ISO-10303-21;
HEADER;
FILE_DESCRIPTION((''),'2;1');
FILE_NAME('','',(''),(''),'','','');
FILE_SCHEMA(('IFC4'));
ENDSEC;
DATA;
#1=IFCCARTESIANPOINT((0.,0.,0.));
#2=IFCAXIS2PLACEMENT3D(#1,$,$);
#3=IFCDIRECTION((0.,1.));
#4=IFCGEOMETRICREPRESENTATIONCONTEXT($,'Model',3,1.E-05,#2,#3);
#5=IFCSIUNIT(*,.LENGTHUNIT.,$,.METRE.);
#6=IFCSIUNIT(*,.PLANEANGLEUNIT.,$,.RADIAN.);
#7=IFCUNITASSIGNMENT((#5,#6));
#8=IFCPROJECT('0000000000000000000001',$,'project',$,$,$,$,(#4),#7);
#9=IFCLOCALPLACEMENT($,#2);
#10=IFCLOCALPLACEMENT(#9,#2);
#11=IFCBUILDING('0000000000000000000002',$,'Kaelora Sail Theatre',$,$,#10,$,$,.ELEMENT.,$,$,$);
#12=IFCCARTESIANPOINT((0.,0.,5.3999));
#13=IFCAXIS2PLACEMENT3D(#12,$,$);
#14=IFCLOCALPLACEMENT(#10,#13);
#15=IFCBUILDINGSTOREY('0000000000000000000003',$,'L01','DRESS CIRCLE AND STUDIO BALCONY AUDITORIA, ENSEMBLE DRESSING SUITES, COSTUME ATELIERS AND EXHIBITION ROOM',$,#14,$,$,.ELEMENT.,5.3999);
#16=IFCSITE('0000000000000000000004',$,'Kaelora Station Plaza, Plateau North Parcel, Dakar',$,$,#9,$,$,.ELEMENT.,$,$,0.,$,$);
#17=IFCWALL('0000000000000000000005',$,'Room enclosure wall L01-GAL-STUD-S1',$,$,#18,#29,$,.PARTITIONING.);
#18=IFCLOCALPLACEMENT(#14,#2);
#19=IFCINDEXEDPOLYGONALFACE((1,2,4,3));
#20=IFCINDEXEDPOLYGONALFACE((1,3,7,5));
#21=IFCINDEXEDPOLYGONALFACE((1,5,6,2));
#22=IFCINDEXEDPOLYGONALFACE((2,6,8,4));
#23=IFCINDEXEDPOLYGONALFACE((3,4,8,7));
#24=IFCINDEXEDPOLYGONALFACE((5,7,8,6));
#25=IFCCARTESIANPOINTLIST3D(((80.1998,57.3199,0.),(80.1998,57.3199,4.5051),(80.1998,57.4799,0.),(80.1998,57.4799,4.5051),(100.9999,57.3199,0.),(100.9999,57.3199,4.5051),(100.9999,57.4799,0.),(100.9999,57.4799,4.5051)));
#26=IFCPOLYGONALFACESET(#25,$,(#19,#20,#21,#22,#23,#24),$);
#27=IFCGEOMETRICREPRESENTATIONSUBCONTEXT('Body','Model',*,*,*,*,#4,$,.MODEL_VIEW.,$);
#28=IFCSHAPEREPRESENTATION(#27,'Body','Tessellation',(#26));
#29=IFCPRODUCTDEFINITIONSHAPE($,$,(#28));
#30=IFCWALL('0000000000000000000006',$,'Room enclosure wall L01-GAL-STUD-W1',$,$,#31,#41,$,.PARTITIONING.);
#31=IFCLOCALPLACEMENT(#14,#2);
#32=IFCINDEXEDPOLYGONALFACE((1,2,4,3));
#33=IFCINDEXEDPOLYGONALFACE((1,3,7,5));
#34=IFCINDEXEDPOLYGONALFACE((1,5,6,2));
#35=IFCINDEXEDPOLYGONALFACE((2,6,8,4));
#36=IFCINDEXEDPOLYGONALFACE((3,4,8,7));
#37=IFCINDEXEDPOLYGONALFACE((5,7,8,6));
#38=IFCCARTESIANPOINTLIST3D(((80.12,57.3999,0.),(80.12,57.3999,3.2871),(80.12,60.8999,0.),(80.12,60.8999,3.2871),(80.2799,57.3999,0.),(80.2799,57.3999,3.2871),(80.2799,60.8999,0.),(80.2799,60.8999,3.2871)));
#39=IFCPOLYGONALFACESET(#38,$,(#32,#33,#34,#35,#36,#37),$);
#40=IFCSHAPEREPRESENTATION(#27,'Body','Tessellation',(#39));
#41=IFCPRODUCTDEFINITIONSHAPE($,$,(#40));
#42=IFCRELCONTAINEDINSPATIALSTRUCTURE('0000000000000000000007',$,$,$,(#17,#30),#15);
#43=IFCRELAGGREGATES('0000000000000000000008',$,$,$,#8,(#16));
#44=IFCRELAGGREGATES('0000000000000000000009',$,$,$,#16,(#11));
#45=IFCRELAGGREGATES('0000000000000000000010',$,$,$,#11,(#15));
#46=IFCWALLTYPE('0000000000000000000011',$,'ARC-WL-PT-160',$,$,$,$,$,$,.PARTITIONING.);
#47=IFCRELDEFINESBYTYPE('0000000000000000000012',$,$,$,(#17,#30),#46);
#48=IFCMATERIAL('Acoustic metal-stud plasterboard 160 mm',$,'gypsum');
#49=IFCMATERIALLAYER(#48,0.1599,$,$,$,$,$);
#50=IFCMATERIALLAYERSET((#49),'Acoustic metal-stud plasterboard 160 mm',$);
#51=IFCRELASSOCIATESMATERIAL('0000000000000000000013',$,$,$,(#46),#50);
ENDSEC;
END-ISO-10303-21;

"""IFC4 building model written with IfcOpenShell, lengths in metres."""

from ifc_helpers import new_model, si_unit, direction, frame, frame_2d, origin, place, context, subcontext, project, spatial, rectangle, extrude, material, layer, layer_set, type_object, element, save


model = new_model("IFC4")

# Units and contexts
model_context = context("Model", 3, precision=1e-05, world=origin(), true_north=direction((0.0, 1.0)))
body_context = subcontext(model_context, "Body", "Model", "MODEL_VIEW")
ifc_project = project(units=[si_unit("LENGTHUNIT", "METRE"), si_unit("PLANEANGLEUNIT", "RADIAN")], contexts=[model_context])

# Site, building, storey
site_placement = place(None, origin())
site = spatial("IfcSite", under=ifc_project, at=site_placement, Name="Kaelora Station Plaza, Plateau North Parcel, Dakar", CompositionType="ELEMENT", RefElevation=0.0)
building_placement = place(site_placement, origin())
building = spatial("IfcBuilding", under=site, at=building_placement, Name="Kaelora Sail Theatre", CompositionType="ELEMENT")
storey_placement = place(building_placement, frame((0.0, 0.0, 5.3999)))
storey = spatial("IfcBuildingStorey", under=building, at=storey_placement, Name="L01", Description="DRESS CIRCLE AND STUDIO BALCONY AUDITORIA, ENSEMBLE DRESSING SUITES, COSTUME ATELIERS AND EXHIBITION ROOM", CompositionType="ELEMENT", Elevation=5.3999)

# Walls
ifc_material_1 = material(Name="Acoustic metal-stud plasterboard 160 mm", Category="gypsum")
ifc_layer_1 = layer(ifc_material_1, 0.1599)
ifc_layer_set_1 = layer_set([ifc_layer_1], Name="Acoustic metal-stud plasterboard 160 mm")
wall_type = type_object("IfcWallType", Name="ARC-WL-PT-160", PredefinedType="PARTITIONING", material=ifc_layer_set_1)
wall_1_placement = place(storey_placement, frame((80.2, 57.3999, 0.0), z_axis=(0.0, 0.0, 1.0), x_axis=(1.0, 0.0, 0.0)))
element("IfcWall", 1, at=wall_1_placement, inside=storey, type_object=wall_type, Name="Room enclosure wall L01-GAL-STUD-S1", PredefinedType="PARTITIONING", context=body_context, shape_type="SweptSolid", body=[
    extrude(rectangle(XDim=20.8, YDim=0.1599, at=frame_2d((10.3999, 0.0))), origin(), (0.0, 0.0, 1.0), 4.5051),
])
wall_2_placement = place(storey_placement, frame((80.2, 57.3999, 0.0), z_axis=(0.0, 0.0, 1.0), x_axis=(0.0, 1.0, 0.0)))
element("IfcWall", 2, at=wall_2_placement, inside=storey, type_object=wall_type, Name="Room enclosure wall L01-GAL-STUD-W1", PredefinedType="PARTITIONING", context=body_context, shape_type="SweptSolid", body=[
    extrude(rectangle(XDim=3.5, YDim=0.1599, at=frame_2d((1.75, 0.0))), origin(), (0.0, 0.0, 1.0), 3.2871),
])

save(model, "model.ifc")
